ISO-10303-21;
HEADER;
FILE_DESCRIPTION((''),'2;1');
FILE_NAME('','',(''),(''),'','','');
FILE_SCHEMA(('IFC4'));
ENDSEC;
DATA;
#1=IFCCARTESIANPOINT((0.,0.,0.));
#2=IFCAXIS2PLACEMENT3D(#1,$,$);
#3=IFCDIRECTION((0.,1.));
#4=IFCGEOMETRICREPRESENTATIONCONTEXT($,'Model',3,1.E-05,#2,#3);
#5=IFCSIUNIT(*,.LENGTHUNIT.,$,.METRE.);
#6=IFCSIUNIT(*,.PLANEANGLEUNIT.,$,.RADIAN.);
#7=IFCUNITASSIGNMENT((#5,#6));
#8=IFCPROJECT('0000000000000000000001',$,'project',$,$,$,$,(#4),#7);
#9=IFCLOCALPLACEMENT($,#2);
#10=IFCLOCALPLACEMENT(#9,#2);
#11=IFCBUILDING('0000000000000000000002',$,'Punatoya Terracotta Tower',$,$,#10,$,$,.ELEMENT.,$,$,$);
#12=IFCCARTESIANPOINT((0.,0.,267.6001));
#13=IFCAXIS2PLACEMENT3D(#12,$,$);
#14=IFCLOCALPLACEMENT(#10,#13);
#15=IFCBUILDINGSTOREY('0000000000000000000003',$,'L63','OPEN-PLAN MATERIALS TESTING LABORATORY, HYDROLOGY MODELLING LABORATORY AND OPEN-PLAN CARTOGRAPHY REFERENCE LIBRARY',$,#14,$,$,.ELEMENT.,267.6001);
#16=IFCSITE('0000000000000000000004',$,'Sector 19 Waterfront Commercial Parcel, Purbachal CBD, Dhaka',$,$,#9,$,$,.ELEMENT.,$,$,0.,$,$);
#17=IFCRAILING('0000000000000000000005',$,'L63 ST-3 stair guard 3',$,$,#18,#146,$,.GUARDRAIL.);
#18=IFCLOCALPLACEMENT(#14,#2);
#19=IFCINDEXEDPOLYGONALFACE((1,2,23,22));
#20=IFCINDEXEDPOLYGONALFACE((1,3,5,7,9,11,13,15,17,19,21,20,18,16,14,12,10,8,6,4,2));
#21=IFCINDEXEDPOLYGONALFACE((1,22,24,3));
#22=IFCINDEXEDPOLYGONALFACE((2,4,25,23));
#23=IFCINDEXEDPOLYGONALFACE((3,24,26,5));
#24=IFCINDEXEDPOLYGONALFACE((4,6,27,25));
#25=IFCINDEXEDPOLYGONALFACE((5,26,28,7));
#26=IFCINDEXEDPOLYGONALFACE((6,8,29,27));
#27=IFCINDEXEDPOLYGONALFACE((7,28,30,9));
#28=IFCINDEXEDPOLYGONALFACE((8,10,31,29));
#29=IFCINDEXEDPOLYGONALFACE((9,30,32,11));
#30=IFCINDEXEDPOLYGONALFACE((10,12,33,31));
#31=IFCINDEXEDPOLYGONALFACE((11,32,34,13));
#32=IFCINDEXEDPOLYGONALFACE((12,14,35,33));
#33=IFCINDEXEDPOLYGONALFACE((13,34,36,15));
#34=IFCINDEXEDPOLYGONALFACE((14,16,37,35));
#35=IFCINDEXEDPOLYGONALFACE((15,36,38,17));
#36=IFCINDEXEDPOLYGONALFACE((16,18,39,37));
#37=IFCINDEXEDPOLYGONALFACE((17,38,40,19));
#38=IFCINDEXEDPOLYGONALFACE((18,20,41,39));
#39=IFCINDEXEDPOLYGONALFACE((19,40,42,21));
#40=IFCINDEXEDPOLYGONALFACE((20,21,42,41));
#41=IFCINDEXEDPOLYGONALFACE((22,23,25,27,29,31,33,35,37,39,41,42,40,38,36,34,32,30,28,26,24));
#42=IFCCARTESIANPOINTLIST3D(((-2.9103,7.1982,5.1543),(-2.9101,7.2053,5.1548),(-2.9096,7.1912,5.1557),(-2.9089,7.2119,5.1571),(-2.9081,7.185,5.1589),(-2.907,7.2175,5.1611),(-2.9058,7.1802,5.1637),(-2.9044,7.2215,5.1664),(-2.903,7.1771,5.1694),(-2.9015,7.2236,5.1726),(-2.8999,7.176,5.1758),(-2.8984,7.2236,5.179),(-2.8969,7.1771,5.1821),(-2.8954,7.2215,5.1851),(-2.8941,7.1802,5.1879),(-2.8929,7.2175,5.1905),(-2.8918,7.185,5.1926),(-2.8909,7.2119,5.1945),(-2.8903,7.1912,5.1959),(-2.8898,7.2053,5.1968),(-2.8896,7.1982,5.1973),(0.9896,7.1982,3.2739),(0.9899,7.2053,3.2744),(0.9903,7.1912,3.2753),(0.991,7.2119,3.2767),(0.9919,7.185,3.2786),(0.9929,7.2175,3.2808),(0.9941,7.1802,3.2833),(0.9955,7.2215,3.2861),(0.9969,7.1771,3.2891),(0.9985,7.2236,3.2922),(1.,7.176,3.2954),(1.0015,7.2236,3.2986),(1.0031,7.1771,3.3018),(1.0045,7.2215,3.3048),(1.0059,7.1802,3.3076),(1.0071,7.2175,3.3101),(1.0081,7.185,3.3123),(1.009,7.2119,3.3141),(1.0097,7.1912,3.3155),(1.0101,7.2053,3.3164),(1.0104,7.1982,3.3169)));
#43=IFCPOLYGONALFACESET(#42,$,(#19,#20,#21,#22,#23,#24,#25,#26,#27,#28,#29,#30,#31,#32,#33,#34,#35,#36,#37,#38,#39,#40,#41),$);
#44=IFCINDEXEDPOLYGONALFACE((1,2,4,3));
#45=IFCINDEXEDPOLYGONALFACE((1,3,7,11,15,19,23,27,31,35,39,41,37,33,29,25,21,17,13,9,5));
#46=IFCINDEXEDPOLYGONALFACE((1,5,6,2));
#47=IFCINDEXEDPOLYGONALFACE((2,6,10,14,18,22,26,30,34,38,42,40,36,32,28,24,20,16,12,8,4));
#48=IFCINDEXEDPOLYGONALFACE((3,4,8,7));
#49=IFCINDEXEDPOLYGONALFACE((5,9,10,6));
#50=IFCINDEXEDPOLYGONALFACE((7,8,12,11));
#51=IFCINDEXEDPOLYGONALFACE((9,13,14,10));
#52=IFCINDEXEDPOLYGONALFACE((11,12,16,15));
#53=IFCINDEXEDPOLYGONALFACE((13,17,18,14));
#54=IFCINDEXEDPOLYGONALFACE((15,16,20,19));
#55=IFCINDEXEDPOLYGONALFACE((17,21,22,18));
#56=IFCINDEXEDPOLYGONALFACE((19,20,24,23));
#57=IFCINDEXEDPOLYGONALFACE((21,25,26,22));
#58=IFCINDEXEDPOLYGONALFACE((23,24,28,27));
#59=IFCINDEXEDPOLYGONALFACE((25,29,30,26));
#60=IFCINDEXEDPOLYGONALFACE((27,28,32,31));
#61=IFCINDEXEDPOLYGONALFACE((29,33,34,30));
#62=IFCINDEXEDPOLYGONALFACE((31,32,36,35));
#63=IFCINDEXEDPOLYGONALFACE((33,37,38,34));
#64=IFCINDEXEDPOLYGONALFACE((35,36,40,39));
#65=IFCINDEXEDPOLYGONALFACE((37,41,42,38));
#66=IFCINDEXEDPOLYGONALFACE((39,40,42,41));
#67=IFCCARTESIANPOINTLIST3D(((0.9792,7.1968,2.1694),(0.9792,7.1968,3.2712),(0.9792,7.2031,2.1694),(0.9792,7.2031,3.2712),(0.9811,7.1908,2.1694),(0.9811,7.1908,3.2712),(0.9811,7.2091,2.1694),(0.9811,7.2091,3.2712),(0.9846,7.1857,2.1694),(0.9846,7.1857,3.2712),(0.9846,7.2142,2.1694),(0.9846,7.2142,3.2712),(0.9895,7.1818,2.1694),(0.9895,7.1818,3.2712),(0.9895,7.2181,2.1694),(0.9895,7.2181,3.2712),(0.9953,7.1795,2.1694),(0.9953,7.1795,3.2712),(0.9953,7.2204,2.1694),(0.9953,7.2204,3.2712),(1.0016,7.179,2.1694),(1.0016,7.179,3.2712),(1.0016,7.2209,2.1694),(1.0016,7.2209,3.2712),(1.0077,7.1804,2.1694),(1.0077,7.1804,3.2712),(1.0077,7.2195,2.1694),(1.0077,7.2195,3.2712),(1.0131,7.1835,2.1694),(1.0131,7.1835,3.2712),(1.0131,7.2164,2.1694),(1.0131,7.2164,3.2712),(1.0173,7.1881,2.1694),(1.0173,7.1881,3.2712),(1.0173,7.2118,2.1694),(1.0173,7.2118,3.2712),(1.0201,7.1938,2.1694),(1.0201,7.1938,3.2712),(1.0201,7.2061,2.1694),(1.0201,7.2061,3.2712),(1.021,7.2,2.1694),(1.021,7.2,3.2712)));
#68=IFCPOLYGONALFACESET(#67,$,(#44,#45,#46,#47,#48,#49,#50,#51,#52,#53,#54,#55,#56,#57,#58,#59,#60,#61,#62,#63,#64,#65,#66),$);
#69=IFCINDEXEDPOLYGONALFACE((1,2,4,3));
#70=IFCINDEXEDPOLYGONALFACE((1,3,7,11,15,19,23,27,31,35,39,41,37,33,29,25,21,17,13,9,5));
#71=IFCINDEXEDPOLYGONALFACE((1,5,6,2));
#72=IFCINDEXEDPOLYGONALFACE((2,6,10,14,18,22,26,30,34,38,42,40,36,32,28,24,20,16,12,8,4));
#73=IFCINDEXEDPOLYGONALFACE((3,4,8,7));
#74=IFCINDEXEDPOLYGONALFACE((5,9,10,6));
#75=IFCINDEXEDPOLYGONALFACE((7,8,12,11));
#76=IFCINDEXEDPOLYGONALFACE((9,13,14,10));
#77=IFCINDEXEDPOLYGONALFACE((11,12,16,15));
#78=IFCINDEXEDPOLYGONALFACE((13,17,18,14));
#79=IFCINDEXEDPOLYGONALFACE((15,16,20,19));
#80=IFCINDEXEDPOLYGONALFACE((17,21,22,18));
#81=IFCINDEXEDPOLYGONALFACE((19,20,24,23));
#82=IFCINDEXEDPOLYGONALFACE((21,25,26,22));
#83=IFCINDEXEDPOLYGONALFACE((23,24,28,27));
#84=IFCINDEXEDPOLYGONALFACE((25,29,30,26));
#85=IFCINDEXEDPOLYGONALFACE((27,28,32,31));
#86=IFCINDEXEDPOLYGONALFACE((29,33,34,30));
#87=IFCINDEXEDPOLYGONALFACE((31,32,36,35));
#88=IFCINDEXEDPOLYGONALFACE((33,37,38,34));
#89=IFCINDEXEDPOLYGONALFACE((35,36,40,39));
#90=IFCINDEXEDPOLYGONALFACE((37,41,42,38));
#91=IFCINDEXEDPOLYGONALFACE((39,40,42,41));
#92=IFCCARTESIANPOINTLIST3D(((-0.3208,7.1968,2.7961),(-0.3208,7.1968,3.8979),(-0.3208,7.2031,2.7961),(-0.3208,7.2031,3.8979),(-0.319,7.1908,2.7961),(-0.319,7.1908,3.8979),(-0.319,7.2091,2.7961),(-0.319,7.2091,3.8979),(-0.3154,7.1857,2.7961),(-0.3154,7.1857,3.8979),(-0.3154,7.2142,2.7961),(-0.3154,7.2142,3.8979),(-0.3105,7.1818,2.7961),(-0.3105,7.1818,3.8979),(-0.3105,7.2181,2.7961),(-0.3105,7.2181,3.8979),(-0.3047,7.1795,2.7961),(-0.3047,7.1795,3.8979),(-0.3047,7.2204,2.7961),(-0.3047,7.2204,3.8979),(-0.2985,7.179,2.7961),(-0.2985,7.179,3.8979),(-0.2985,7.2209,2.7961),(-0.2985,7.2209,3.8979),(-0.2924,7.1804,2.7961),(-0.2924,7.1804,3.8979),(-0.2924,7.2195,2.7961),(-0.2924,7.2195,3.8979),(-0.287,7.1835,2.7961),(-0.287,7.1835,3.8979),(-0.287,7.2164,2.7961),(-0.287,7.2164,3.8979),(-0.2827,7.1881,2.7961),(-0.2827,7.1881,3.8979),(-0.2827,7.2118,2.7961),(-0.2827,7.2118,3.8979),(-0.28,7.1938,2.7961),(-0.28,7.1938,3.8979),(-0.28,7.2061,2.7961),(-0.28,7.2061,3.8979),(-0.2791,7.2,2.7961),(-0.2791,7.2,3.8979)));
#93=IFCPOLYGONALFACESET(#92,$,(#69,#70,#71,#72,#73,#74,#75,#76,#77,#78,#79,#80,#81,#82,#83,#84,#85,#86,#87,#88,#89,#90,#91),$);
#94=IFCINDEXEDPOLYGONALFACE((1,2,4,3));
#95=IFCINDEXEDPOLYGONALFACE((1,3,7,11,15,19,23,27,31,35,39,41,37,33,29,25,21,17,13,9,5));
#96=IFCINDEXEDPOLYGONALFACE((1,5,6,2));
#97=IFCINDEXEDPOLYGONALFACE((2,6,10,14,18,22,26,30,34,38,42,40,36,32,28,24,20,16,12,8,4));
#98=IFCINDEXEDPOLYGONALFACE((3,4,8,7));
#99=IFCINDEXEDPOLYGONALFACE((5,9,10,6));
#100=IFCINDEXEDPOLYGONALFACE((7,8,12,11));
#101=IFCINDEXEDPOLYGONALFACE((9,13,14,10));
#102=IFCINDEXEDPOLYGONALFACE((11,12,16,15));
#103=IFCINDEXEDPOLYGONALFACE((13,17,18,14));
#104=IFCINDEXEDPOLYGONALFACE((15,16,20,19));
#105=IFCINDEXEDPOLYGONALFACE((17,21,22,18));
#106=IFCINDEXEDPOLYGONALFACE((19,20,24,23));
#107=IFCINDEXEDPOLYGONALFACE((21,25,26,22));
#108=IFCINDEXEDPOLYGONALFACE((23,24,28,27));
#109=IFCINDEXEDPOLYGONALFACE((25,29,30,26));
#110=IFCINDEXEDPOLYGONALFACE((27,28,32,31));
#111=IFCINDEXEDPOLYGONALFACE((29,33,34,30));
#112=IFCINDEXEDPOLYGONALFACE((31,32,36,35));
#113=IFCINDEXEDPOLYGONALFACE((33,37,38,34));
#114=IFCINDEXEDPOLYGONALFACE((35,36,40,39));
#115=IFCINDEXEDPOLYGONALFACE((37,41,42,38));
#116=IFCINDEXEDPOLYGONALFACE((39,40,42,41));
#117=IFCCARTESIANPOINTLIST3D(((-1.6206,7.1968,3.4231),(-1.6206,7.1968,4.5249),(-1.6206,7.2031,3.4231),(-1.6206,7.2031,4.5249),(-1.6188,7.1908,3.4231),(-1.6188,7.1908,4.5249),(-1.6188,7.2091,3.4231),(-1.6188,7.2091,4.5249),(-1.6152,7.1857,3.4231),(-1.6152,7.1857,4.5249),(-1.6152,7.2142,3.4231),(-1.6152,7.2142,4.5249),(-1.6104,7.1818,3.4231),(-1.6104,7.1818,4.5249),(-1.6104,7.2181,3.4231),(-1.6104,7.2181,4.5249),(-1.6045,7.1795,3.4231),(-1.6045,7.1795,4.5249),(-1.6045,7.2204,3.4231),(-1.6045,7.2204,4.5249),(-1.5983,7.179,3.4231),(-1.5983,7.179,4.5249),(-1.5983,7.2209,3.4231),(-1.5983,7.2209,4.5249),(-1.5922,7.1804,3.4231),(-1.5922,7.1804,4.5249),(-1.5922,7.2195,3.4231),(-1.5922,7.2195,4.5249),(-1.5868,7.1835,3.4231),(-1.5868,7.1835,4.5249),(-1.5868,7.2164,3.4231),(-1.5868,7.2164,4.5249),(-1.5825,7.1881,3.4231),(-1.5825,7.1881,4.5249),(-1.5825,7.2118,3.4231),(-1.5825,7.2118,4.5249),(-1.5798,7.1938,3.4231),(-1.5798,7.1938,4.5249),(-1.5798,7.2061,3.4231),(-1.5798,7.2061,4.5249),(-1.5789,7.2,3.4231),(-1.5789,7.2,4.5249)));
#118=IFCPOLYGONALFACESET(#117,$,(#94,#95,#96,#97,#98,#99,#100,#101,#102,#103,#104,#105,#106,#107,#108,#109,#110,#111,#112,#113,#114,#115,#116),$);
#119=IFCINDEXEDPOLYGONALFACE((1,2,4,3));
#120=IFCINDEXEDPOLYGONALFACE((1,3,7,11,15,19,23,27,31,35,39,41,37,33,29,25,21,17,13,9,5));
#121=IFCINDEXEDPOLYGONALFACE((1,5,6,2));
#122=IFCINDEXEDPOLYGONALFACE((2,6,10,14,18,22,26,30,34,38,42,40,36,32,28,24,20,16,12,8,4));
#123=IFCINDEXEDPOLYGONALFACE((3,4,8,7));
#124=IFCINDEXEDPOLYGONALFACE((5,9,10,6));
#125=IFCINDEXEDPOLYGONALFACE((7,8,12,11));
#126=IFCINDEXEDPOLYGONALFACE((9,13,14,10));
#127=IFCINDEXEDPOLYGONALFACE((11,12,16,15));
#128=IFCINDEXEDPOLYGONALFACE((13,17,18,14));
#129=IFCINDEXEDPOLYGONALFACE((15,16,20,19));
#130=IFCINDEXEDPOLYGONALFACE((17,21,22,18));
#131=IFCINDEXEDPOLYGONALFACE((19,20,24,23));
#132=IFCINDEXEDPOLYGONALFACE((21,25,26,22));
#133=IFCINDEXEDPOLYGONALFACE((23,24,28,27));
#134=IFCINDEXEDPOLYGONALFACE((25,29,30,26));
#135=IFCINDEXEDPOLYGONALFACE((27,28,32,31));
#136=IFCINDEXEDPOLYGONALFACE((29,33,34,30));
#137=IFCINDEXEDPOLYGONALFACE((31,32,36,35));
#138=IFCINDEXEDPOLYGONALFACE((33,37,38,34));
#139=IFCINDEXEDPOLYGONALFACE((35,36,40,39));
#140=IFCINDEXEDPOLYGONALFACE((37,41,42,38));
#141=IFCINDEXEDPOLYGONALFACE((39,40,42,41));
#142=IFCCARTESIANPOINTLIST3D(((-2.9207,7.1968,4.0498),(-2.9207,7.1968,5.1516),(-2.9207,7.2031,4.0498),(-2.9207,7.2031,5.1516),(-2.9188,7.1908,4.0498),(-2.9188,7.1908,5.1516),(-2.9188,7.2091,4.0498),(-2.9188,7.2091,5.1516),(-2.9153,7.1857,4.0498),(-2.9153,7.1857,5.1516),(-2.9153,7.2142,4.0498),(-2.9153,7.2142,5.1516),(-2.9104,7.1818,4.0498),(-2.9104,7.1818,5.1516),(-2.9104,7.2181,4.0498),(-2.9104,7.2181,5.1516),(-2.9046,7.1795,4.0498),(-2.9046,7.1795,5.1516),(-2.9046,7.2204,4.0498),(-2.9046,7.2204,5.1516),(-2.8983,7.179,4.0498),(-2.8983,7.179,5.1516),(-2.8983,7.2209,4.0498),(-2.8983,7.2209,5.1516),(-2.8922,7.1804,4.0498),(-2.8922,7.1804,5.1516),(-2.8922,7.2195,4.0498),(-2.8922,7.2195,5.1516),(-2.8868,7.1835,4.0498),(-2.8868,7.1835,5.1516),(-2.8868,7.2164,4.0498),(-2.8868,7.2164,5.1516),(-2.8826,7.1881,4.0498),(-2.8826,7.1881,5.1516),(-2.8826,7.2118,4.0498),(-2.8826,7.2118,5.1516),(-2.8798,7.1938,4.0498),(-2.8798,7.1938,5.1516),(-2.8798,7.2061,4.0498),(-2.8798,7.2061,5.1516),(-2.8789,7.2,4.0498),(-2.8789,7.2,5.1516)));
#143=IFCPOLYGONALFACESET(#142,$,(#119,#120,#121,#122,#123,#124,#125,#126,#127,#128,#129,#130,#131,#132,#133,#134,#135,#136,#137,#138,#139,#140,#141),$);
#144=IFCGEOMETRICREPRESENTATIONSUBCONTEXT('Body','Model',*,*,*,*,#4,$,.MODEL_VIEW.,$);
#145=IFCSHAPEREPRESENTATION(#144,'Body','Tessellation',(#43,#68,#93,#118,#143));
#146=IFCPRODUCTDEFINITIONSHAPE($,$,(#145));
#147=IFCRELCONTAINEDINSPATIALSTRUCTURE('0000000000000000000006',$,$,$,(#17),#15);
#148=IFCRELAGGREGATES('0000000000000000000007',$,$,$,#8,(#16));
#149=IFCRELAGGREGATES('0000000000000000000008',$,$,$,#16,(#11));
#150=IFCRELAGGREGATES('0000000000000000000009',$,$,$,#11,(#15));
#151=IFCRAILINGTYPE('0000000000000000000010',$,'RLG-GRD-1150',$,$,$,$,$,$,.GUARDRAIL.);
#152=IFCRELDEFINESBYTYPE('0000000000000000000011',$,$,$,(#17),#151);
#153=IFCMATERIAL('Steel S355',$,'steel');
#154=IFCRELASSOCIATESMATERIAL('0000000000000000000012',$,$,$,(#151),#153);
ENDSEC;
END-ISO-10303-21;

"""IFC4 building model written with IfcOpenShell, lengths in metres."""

from ifc_helpers import new_model, si_unit, direction, frame, origin, origin_2d, place, context, subcontext, project, spatial, circle, extrude, material, type_object, element, save


model = new_model("IFC4")

# Units and contexts
model_context = context("Model", 3, precision=1e-05, world=origin(), true_north=direction((0.0, 1.0)))
body_context = subcontext(model_context, "Body", "Model", "MODEL_VIEW")
ifc_project = project(units=[si_unit("LENGTHUNIT", "METRE"), si_unit("PLANEANGLEUNIT", "RADIAN")], contexts=[model_context])

# Site, building, storey
site_placement = place(None, origin())
site = spatial("IfcSite", under=ifc_project, at=site_placement, Name="Sector 19 Waterfront Commercial Parcel, Purbachal CBD, Dhaka", CompositionType="ELEMENT", RefElevation=0.0)
building_placement = place(site_placement, origin())
building = spatial("IfcBuilding", under=site, at=building_placement, Name="Punatoya Terracotta Tower", CompositionType="ELEMENT")
storey_placement = place(building_placement, frame((0.0, 0.0, 267.6001)))
storey = spatial("IfcBuildingStorey", under=building, at=storey_placement, Name="L63", Description="OPEN-PLAN MATERIALS TESTING LABORATORY, HYDROLOGY MODELLING LABORATORY AND OPEN-PLAN CARTOGRAPHY REFERENCE LIBRARY", CompositionType="ELEMENT", Elevation=267.6001)

# Shared definitions
ifc_material_1 = material(Name="Steel S355", Category="steel")

# Railing
railing_type_1 = type_object("IfcRailingType", Name="RLG-GRD-1150", PredefinedType="GUARDRAIL", material=ifc_material_1)
railing_1_placement = place(storey_placement, frame((1.0, 7.2, 2.1694)))
element("IfcRailing", 1, at=railing_1_placement, inside=storey, type_object=railing_type_1, Name="L63 ST-3 stair guard 3", PredefinedType="GUARDRAIL", context=body_context, shape_type="SweptSolid", body=[
    extrude(circle(Radius=0.0239, at=origin_2d()), frame((0.0, 0.0, 1.126), z_axis=(-0.900763, 0.0, 0.434311), x_axis=(0.0, -1.0, 0.0)), (0.0, 0.0, 1.0), 4.3296),
    extrude(circle(Radius=0.021, at=origin_2d()), origin(), (0.0, 0.0, 1.0), 1.1018),
    extrude(circle(Radius=0.021, at=origin_2d()), frame((-1.3, 0.0, 0.6267)), (0.0, 0.0, 1.0), 1.1018),
    extrude(circle(Radius=0.021, at=origin_2d()), frame((-2.5999, 0.0, 1.2537)), (0.0, 0.0, 1.0), 1.1018),
    extrude(circle(Radius=0.021, at=origin_2d()), frame((-3.8999, 0.0, 1.8804)), (0.0, 0.0, 1.0), 1.1018),
])

save(model, "model.ifc")
